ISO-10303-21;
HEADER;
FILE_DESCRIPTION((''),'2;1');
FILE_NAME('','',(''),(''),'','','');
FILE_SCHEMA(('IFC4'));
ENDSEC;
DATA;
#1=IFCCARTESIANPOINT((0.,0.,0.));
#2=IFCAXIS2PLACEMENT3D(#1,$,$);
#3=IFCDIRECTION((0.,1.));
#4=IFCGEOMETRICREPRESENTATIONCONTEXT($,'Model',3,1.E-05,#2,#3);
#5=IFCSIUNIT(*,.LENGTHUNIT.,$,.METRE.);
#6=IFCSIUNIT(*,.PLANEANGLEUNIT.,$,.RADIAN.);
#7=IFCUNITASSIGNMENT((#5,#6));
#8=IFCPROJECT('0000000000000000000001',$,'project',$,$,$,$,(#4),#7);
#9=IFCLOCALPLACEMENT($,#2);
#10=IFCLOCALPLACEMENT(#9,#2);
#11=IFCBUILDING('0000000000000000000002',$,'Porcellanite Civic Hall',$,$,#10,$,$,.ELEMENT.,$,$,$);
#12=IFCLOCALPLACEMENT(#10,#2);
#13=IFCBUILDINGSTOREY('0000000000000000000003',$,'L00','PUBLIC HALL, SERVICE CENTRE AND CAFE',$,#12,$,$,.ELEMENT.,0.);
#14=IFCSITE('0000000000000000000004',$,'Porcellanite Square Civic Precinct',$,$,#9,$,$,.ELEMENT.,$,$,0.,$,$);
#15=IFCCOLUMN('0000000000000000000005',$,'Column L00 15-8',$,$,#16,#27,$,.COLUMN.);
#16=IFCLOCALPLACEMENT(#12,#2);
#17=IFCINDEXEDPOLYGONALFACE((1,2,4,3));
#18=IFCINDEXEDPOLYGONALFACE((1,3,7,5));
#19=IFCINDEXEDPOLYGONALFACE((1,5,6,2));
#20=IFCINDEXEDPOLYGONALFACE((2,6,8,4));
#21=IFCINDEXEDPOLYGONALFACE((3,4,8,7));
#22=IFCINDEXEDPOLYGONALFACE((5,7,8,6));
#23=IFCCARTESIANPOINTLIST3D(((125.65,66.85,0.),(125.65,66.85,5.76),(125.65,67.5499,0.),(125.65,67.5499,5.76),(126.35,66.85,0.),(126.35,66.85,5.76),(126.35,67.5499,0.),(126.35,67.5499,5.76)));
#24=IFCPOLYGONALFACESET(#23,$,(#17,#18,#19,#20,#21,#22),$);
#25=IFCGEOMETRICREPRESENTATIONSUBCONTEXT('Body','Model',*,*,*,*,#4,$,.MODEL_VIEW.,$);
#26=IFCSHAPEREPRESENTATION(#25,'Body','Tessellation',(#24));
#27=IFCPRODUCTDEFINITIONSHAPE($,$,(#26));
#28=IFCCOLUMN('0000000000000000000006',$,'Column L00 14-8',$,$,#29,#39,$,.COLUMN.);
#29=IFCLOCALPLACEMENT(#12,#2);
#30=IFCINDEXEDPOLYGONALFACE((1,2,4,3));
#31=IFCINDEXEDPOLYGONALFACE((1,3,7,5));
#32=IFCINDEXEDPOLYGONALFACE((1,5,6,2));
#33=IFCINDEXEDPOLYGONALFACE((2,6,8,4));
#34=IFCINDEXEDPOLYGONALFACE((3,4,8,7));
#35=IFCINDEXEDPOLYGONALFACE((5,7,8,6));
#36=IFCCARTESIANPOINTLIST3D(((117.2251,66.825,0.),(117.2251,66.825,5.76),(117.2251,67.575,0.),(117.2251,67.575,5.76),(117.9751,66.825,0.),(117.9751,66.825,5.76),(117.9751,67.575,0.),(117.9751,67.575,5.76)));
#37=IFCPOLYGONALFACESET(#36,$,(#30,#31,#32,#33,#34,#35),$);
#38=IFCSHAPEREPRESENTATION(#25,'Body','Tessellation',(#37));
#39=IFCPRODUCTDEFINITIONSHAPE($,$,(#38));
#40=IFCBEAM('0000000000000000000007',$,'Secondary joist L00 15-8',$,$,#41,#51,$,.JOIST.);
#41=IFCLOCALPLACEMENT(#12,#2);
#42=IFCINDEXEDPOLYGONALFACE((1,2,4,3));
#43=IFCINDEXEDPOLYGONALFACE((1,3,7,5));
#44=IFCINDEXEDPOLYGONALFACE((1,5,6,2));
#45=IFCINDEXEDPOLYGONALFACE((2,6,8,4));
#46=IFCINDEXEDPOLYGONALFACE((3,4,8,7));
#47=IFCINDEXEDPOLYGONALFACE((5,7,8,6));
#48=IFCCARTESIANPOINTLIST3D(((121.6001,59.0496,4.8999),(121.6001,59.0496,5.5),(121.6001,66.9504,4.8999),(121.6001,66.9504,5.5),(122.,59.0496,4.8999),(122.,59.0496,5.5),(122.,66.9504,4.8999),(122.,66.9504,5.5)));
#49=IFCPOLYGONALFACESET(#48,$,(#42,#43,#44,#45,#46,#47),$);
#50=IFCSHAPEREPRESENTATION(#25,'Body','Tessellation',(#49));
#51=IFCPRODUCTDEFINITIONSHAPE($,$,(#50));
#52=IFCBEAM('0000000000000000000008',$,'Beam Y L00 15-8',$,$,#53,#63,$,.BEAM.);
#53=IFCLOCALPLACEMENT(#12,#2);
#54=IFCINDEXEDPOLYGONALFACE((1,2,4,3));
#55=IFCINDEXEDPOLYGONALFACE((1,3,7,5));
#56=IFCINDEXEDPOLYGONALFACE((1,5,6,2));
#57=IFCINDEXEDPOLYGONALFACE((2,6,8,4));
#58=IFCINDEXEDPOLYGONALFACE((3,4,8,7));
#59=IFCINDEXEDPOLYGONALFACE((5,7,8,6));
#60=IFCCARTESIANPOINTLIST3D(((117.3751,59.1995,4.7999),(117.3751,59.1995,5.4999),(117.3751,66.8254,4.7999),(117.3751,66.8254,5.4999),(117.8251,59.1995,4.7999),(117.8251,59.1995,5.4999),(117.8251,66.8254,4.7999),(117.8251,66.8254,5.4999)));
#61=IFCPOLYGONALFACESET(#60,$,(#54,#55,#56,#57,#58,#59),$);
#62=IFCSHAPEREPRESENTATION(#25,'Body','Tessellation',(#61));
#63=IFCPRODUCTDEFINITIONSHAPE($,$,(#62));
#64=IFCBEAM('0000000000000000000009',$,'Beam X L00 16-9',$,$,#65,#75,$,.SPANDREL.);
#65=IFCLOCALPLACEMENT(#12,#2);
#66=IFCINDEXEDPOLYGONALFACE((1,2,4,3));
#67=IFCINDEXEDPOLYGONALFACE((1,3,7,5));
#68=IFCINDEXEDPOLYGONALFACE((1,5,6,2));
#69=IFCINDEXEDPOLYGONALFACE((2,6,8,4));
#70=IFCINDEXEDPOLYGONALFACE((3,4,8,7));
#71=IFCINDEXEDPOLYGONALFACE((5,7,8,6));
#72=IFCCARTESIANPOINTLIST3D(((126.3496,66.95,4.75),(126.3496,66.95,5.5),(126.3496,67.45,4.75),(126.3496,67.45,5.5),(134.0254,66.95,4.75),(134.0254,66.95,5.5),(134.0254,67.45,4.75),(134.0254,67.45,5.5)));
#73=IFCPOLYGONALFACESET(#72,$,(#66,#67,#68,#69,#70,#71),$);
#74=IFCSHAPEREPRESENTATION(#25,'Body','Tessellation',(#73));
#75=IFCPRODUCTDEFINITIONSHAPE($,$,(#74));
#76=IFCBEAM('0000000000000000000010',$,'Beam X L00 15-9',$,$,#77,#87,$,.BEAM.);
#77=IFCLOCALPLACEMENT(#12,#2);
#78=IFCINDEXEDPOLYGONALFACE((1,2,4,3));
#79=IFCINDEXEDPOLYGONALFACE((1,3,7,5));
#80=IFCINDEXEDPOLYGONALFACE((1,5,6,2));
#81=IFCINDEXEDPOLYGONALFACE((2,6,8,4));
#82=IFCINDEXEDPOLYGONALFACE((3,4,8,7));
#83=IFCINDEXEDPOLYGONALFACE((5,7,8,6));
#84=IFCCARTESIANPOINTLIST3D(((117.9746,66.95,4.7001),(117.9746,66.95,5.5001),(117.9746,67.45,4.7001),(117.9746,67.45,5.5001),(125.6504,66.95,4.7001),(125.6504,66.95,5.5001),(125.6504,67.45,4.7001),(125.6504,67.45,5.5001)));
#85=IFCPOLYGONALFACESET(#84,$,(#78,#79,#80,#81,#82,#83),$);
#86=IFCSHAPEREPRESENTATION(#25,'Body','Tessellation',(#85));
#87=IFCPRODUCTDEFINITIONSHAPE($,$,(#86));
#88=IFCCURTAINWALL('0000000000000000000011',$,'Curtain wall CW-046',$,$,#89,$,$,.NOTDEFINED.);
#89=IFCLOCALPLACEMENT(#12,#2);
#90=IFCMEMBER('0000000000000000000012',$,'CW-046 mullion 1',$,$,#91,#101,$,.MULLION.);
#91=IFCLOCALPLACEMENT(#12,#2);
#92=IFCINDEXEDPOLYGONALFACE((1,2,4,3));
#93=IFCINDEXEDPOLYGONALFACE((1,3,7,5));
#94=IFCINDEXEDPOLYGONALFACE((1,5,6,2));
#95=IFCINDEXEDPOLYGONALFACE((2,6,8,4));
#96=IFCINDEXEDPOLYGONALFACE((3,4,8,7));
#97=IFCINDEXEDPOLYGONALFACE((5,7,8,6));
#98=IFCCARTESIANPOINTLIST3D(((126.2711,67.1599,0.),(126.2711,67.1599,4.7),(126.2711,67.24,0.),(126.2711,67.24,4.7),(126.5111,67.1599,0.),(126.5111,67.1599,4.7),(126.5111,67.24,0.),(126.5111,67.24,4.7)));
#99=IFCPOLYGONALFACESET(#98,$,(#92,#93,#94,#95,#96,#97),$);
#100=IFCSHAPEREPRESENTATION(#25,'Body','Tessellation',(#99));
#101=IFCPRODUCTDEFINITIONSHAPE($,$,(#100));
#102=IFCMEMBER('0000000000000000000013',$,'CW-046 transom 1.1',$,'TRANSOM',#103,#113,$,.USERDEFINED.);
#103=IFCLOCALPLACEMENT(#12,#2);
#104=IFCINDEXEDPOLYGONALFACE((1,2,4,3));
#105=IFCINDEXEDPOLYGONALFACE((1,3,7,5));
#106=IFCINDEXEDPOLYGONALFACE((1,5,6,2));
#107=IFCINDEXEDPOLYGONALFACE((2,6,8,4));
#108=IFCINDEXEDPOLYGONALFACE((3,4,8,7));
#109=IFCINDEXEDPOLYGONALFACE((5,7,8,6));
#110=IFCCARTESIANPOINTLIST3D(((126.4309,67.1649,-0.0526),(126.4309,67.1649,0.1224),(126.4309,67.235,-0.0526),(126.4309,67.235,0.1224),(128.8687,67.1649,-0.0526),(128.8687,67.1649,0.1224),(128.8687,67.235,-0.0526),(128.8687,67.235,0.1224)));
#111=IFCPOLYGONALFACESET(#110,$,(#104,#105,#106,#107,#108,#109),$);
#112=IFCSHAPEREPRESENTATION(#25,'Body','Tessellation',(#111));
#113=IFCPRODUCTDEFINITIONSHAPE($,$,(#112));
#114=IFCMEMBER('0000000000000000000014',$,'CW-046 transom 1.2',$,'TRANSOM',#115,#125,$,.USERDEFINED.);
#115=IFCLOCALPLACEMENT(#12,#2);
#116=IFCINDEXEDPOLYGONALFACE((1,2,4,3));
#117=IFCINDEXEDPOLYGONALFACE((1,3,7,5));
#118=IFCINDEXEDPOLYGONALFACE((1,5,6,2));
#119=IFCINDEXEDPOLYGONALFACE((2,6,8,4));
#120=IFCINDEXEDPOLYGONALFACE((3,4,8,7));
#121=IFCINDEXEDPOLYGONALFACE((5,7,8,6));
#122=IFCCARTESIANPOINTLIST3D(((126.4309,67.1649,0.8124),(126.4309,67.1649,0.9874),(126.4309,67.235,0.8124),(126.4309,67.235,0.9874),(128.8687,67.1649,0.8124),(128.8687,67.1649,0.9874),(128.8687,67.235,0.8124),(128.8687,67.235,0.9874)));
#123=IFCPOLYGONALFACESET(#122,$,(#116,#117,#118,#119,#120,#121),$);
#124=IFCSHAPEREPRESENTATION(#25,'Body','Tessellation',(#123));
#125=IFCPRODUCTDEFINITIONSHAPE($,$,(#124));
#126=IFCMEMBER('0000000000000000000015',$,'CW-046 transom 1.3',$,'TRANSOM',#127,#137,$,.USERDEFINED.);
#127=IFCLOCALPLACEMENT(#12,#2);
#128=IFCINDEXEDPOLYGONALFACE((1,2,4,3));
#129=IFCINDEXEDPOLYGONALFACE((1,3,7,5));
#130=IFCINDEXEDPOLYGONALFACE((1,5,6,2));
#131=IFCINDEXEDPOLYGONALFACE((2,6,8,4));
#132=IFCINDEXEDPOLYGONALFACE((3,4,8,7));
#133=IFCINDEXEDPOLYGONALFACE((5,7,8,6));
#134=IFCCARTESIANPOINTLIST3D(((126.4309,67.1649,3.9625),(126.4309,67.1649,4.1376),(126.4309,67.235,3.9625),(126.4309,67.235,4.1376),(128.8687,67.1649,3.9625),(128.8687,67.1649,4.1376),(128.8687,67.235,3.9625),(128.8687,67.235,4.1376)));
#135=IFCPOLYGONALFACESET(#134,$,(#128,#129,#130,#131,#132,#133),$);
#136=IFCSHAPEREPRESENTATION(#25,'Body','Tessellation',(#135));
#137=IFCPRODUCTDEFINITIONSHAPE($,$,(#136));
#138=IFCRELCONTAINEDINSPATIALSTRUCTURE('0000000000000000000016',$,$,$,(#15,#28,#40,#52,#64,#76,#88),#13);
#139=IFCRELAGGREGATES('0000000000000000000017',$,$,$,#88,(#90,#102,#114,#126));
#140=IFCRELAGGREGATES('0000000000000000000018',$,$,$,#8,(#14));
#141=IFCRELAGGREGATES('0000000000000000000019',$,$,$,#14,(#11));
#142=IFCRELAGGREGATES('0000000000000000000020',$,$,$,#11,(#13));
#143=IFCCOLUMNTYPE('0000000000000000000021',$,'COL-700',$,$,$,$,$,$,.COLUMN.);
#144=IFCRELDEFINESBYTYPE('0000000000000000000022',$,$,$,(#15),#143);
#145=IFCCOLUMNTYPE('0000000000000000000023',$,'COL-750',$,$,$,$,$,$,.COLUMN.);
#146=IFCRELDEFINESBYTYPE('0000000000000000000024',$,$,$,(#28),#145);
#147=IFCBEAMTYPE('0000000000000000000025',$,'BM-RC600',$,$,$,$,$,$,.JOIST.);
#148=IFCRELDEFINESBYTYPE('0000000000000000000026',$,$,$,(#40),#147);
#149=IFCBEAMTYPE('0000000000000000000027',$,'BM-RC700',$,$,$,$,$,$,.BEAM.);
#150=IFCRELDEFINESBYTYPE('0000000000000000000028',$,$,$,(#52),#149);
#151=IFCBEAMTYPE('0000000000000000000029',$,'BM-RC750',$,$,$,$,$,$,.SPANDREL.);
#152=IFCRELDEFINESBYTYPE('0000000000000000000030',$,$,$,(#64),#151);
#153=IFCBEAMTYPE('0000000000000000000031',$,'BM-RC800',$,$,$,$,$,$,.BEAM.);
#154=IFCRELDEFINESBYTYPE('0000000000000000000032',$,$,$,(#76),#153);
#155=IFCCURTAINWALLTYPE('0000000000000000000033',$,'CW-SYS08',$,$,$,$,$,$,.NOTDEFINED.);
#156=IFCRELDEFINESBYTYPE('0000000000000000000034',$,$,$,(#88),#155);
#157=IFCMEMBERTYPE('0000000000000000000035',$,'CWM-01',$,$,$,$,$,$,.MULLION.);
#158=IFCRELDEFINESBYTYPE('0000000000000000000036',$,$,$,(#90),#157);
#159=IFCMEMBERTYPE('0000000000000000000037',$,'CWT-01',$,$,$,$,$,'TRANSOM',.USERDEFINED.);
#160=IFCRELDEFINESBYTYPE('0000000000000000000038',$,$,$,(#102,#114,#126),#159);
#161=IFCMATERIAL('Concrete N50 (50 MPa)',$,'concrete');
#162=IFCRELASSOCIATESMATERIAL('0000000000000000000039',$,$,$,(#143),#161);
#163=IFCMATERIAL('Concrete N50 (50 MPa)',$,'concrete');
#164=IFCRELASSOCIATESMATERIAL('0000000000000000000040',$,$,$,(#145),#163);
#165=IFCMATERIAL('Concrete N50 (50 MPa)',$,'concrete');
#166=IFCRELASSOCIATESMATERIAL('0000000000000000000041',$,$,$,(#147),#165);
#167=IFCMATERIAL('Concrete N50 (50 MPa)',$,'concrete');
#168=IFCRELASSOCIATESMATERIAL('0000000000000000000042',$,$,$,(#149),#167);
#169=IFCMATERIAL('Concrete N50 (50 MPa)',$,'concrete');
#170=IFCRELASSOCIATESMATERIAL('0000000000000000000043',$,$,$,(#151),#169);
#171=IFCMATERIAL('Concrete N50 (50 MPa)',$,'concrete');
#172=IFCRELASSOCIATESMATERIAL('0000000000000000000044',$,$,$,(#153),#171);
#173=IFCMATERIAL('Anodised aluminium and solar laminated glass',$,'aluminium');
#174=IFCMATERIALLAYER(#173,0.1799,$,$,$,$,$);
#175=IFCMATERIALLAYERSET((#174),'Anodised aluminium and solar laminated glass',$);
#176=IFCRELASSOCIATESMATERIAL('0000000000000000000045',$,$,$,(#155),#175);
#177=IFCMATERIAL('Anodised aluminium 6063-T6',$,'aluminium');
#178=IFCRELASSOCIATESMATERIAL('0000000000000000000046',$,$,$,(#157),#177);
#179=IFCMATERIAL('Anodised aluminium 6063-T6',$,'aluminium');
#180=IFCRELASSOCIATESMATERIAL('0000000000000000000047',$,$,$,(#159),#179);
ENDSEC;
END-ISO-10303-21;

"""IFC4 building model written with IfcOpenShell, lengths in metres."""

from ifc_helpers import new_model, si_unit, direction, frame, origin, origin_2d, place, context, subcontext, project, spatial, rectangle, extrude, material, layer, layer_set, material_profile, profile_set, type_object, element, aggregate, save


model = new_model("IFC4")

# Units and contexts
model_context = context("Model", 3, precision=1e-05, world=origin(), true_north=direction((0.0, 1.0)))
body_context = subcontext(model_context, "Body", "Model", "MODEL_VIEW")
ifc_project = project(units=[si_unit("LENGTHUNIT", "METRE"), si_unit("PLANEANGLEUNIT", "RADIAN")], contexts=[model_context])

# Site, building, storey
site_placement = place(None, origin())
site = spatial("IfcSite", under=ifc_project, at=site_placement, Name="Porcellanite Square Civic Precinct", CompositionType="ELEMENT", RefElevation=0.0)
building_placement = place(site_placement, origin())
building = spatial("IfcBuilding", under=site, at=building_placement, Name="Porcellanite Civic Hall", CompositionType="ELEMENT")
storey_placement = place(building_placement, origin())
storey = spatial("IfcBuildingStorey", under=building, at=storey_placement, Name="L00", Description="PUBLIC HALL, SERVICE CENTRE AND CAFE", CompositionType="ELEMENT", Elevation=0.0)

# Columns
ifc_material_1 = material(Name="Concrete N50 (50 MPa)", Category="concrete")
ifc_material_profile_1 = material_profile(ifc_material_1, rectangle(XDim=0.7, YDim=0.7, at=origin_2d()), Name="RC-700x700")
ifc_profile_set_1 = profile_set([ifc_material_profile_1], Name="Concrete N50 (50 MPa)")
column_type_1 = type_object("IfcColumnType", Name="COL-700", PredefinedType="COLUMN", material=ifc_profile_set_1)
column_1_placement = place(storey_placement, frame((126.0, 67.2, 0.0), z_axis=(0.0, 0.0, 1.0), x_axis=(1.0, 0.0, 0.0)))
element("IfcColumn", 1, at=column_1_placement, inside=storey, type_object=column_type_1, Name="Column L00 15-8", PredefinedType="COLUMN", context=body_context, shape_type="SweptSolid", body=[
    extrude(rectangle(XDim=0.7, YDim=0.7, at=origin_2d()), origin(), (0.0, 0.0, 1.0), 5.76),
])
ifc_material_2 = material(Name="Concrete N50 (50 MPa)", Category="concrete")
ifc_material_profile_2 = material_profile(ifc_material_2, rectangle(XDim=0.75, YDim=0.75, at=origin_2d()), Name="RC-750x750")
ifc_profile_set_2 = profile_set([ifc_material_profile_2], Name="Concrete N50 (50 MPa)")
column_type_2 = type_object("IfcColumnType", Name="COL-750", PredefinedType="COLUMN", material=ifc_profile_set_2)
column_2_placement = place(storey_placement, frame((117.6001, 67.2, 0.0), z_axis=(0.0, 0.0, 1.0), x_axis=(1.0, 0.0, 0.0)))
element("IfcColumn", 2, at=column_2_placement, inside=storey, type_object=column_type_2, Name="Column L00 14-8", PredefinedType="COLUMN", context=body_context, shape_type="SweptSolid", body=[
    extrude(rectangle(XDim=0.75, YDim=0.75, at=origin_2d()), origin(), (0.0, 0.0, 1.0), 5.76),
])

# Beams
ifc_material_3 = material(Name="Concrete N50 (50 MPa)", Category="concrete")
ifc_material_profile_3 = material_profile(ifc_material_3, rectangle(XDim=0.3999, YDim=0.6001, at=origin_2d()), Name="RC-400x600")
ifc_profile_set_3 = profile_set([ifc_material_profile_3], Name="Concrete N50 (50 MPa)")
beam_type_1 = type_object("IfcBeamType", Name="BM-RC600", PredefinedType="JOIST", material=ifc_profile_set_3)
beam_1_placement = place(storey_placement, frame((121.8, 59.0496, 5.2), z_axis=(0.0, 1.0, 0.0), x_axis=(-1.0, 0.0, 0.0)))
element("IfcBeam", 3, at=beam_1_placement, inside=storey, type_object=beam_type_1, Name="Secondary joist L00 15-8", PredefinedType="JOIST", context=body_context, shape_type="SweptSolid", body=[
    extrude(rectangle(XDim=0.3999, YDim=0.6001, at=origin_2d()), origin(), (0.0, 0.0, 1.0), 7.9009),
])
ifc_material_4 = material(Name="Concrete N50 (50 MPa)", Category="concrete")
ifc_material_profile_4 = material_profile(ifc_material_4, rectangle(XDim=0.45, YDim=0.7, at=origin_2d()), Name="RC-450x700")
ifc_profile_set_4 = profile_set([ifc_material_profile_4], Name="Concrete N50 (50 MPa)")
beam_type_2 = type_object("IfcBeamType", Name="BM-RC700", PredefinedType="BEAM", material=ifc_profile_set_4)
beam_2_placement = place(storey_placement, frame((117.6001, 59.1995, 5.1499), z_axis=(0.0, 1.0, 0.0), x_axis=(-1.0, 0.0, 0.0)))
element("IfcBeam", 4, at=beam_2_placement, inside=storey, type_object=beam_type_2, Name="Beam Y L00 15-8", PredefinedType="BEAM", context=body_context, shape_type="SweptSolid", body=[
    extrude(rectangle(XDim=0.45, YDim=0.7, at=origin_2d()), origin(), (0.0, 0.0, 1.0), 7.626),
])
ifc_material_5 = material(Name="Concrete N50 (50 MPa)", Category="concrete")
ifc_material_profile_5 = material_profile(ifc_material_5, rectangle(XDim=0.5, YDim=0.75, at=origin_2d()), Name="RC-500x750")
ifc_profile_set_5 = profile_set([ifc_material_profile_5], Name="Concrete N50 (50 MPa)")
beam_type_3 = type_object("IfcBeamType", Name="BM-RC750", PredefinedType="SPANDREL", material=ifc_profile_set_5)
beam_3_placement = place(storey_placement, frame((126.3496, 67.2, 5.125), z_axis=(1.0, 0.0, 0.0), x_axis=(0.0, 1.0, 0.0)))
element("IfcBeam", 5, at=beam_3_placement, inside=storey, type_object=beam_type_3, Name="Beam X L00 16-9", PredefinedType="SPANDREL", context=body_context, shape_type="SweptSolid", body=[
    extrude(rectangle(XDim=0.5, YDim=0.75, at=origin_2d()), origin(), (0.0, 0.0, 1.0), 7.6758),
])
ifc_material_6 = material(Name="Concrete N50 (50 MPa)", Category="concrete")
ifc_material_profile_6 = material_profile(ifc_material_6, rectangle(XDim=0.5, YDim=0.8, at=origin_2d()), Name="RC-500x800")
ifc_profile_set_6 = profile_set([ifc_material_profile_6], Name="Concrete N50 (50 MPa)")
beam_type_4 = type_object("IfcBeamType", Name="BM-RC800", PredefinedType="BEAM", material=ifc_profile_set_6)
beam_4_placement = place(storey_placement, frame((117.9746, 67.2, 5.1001), z_axis=(1.0, 0.0, 0.0), x_axis=(0.0, 1.0, 0.0)))
element("IfcBeam", 6, at=beam_4_placement, inside=storey, type_object=beam_type_4, Name="Beam X L00 15-9", PredefinedType="BEAM", context=body_context, shape_type="SweptSolid", body=[
    extrude(rectangle(XDim=0.5, YDim=0.8, at=origin_2d()), origin(), (0.0, 0.0, 1.0), 7.6758),
])

# Curtain wall, members
ifc_material_7 = material(Name="Anodised aluminium and solar laminated glass", Category="aluminium")
ifc_layer_1 = layer(ifc_material_7, 0.1799)
ifc_layer_set_1 = layer_set([ifc_layer_1], Name="Anodised aluminium and solar laminated glass")
curtain_wall_type = type_object("IfcCurtainWallType", Name="CW-SYS08", PredefinedType="NOTDEFINED", material=ifc_layer_set_1)
curtain_wall_placement = place(storey_placement, origin())
curtain_wall = element("IfcCurtainWall", 7, at=curtain_wall_placement, inside=storey, type_object=curtain_wall_type, Name="Curtain wall CW-046", PredefinedType="NOTDEFINED")
ifc_material_8 = material(Name="Anodised aluminium 6063-T6", Category="aluminium")
ifc_material_profile_7 = material_profile(ifc_material_8, rectangle(XDim=0.0801, YDim=0.24, at=origin_2d()), Name="AL-80x240")
ifc_profile_set_7 = profile_set([ifc_material_profile_7], Name="Anodised aluminium 6063-T6")
member_type_1 = type_object("IfcMemberType", Name="CWM-01", PredefinedType="MULLION", material=ifc_profile_set_7)
member_1_placement = place(storey_placement, frame((126.3911, 67.2, 0.0), z_axis=(0.0, 0.0, 1.0), x_axis=(0.0, 1.0, 0.0)))
member_1 = element("IfcMember", 8, at=member_1_placement, type_object=member_type_1, Name="CW-046 mullion 1", PredefinedType="MULLION", context=body_context, shape_type="SweptSolid", body=[
    extrude(rectangle(XDim=0.0801, YDim=0.24, at=origin_2d()), origin(), (0.0, 0.0, 1.0), 4.7),
])
ifc_material_9 = material(Name="Anodised aluminium 6063-T6", Category="aluminium")
ifc_material_profile_8 = material_profile(ifc_material_9, rectangle(XDim=0.0701, YDim=0.175, at=origin_2d()), Name="AL-70x175")
ifc_profile_set_8 = profile_set([ifc_material_profile_8], Name="Anodised aluminium 6063-T6")
member_type_2 = type_object("IfcMemberType", Name="CWT-01", ElementType="TRANSOM", PredefinedType="USERDEFINED", material=ifc_profile_set_8)
member_2_placement = place(storey_placement, frame((126.4309, 67.2, 0.0349), z_axis=(1.0, 0.0, 0.0), x_axis=(0.0, 1.0, 0.0)))
member_2 = element("IfcMember", 9, at=member_2_placement, type_object=member_type_2, Name="CW-046 transom 1.1", ObjectType="TRANSOM", PredefinedType="USERDEFINED", context=body_context, shape_type="SweptSolid", body=[
    extrude(rectangle(XDim=0.0701, YDim=0.175, at=origin_2d()), origin(), (0.0, 0.0, 1.0), 2.4377),
])
member_3_placement = place(storey_placement, frame((126.4309, 67.2, 0.8999), z_axis=(1.0, 0.0, 0.0), x_axis=(0.0, 1.0, 0.0)))
member_3 = element("IfcMember", 10, at=member_3_placement, type_object=member_type_2, Name="CW-046 transom 1.2", ObjectType="TRANSOM", PredefinedType="USERDEFINED", context=body_context, shape_type="SweptSolid", body=[
    extrude(rectangle(XDim=0.0701, YDim=0.175, at=origin_2d()), origin(), (0.0, 0.0, 1.0), 2.4377),
])
member_4_placement = place(storey_placement, frame((126.4309, 67.2, 4.05), z_axis=(1.0, 0.0, 0.0), x_axis=(0.0, 1.0, 0.0)))
member_4 = element("IfcMember", 11, at=member_4_placement, type_object=member_type_2, Name="CW-046 transom 1.3", ObjectType="TRANSOM", PredefinedType="USERDEFINED", context=body_context, shape_type="SweptSolid", body=[
    extrude(rectangle(XDim=0.0701, YDim=0.175, at=origin_2d()), origin(), (0.0, 0.0, 1.0), 2.4377),
])
aggregate(curtain_wall, [member_1, member_2, member_3, member_4])

save(model, "model.ifc")
